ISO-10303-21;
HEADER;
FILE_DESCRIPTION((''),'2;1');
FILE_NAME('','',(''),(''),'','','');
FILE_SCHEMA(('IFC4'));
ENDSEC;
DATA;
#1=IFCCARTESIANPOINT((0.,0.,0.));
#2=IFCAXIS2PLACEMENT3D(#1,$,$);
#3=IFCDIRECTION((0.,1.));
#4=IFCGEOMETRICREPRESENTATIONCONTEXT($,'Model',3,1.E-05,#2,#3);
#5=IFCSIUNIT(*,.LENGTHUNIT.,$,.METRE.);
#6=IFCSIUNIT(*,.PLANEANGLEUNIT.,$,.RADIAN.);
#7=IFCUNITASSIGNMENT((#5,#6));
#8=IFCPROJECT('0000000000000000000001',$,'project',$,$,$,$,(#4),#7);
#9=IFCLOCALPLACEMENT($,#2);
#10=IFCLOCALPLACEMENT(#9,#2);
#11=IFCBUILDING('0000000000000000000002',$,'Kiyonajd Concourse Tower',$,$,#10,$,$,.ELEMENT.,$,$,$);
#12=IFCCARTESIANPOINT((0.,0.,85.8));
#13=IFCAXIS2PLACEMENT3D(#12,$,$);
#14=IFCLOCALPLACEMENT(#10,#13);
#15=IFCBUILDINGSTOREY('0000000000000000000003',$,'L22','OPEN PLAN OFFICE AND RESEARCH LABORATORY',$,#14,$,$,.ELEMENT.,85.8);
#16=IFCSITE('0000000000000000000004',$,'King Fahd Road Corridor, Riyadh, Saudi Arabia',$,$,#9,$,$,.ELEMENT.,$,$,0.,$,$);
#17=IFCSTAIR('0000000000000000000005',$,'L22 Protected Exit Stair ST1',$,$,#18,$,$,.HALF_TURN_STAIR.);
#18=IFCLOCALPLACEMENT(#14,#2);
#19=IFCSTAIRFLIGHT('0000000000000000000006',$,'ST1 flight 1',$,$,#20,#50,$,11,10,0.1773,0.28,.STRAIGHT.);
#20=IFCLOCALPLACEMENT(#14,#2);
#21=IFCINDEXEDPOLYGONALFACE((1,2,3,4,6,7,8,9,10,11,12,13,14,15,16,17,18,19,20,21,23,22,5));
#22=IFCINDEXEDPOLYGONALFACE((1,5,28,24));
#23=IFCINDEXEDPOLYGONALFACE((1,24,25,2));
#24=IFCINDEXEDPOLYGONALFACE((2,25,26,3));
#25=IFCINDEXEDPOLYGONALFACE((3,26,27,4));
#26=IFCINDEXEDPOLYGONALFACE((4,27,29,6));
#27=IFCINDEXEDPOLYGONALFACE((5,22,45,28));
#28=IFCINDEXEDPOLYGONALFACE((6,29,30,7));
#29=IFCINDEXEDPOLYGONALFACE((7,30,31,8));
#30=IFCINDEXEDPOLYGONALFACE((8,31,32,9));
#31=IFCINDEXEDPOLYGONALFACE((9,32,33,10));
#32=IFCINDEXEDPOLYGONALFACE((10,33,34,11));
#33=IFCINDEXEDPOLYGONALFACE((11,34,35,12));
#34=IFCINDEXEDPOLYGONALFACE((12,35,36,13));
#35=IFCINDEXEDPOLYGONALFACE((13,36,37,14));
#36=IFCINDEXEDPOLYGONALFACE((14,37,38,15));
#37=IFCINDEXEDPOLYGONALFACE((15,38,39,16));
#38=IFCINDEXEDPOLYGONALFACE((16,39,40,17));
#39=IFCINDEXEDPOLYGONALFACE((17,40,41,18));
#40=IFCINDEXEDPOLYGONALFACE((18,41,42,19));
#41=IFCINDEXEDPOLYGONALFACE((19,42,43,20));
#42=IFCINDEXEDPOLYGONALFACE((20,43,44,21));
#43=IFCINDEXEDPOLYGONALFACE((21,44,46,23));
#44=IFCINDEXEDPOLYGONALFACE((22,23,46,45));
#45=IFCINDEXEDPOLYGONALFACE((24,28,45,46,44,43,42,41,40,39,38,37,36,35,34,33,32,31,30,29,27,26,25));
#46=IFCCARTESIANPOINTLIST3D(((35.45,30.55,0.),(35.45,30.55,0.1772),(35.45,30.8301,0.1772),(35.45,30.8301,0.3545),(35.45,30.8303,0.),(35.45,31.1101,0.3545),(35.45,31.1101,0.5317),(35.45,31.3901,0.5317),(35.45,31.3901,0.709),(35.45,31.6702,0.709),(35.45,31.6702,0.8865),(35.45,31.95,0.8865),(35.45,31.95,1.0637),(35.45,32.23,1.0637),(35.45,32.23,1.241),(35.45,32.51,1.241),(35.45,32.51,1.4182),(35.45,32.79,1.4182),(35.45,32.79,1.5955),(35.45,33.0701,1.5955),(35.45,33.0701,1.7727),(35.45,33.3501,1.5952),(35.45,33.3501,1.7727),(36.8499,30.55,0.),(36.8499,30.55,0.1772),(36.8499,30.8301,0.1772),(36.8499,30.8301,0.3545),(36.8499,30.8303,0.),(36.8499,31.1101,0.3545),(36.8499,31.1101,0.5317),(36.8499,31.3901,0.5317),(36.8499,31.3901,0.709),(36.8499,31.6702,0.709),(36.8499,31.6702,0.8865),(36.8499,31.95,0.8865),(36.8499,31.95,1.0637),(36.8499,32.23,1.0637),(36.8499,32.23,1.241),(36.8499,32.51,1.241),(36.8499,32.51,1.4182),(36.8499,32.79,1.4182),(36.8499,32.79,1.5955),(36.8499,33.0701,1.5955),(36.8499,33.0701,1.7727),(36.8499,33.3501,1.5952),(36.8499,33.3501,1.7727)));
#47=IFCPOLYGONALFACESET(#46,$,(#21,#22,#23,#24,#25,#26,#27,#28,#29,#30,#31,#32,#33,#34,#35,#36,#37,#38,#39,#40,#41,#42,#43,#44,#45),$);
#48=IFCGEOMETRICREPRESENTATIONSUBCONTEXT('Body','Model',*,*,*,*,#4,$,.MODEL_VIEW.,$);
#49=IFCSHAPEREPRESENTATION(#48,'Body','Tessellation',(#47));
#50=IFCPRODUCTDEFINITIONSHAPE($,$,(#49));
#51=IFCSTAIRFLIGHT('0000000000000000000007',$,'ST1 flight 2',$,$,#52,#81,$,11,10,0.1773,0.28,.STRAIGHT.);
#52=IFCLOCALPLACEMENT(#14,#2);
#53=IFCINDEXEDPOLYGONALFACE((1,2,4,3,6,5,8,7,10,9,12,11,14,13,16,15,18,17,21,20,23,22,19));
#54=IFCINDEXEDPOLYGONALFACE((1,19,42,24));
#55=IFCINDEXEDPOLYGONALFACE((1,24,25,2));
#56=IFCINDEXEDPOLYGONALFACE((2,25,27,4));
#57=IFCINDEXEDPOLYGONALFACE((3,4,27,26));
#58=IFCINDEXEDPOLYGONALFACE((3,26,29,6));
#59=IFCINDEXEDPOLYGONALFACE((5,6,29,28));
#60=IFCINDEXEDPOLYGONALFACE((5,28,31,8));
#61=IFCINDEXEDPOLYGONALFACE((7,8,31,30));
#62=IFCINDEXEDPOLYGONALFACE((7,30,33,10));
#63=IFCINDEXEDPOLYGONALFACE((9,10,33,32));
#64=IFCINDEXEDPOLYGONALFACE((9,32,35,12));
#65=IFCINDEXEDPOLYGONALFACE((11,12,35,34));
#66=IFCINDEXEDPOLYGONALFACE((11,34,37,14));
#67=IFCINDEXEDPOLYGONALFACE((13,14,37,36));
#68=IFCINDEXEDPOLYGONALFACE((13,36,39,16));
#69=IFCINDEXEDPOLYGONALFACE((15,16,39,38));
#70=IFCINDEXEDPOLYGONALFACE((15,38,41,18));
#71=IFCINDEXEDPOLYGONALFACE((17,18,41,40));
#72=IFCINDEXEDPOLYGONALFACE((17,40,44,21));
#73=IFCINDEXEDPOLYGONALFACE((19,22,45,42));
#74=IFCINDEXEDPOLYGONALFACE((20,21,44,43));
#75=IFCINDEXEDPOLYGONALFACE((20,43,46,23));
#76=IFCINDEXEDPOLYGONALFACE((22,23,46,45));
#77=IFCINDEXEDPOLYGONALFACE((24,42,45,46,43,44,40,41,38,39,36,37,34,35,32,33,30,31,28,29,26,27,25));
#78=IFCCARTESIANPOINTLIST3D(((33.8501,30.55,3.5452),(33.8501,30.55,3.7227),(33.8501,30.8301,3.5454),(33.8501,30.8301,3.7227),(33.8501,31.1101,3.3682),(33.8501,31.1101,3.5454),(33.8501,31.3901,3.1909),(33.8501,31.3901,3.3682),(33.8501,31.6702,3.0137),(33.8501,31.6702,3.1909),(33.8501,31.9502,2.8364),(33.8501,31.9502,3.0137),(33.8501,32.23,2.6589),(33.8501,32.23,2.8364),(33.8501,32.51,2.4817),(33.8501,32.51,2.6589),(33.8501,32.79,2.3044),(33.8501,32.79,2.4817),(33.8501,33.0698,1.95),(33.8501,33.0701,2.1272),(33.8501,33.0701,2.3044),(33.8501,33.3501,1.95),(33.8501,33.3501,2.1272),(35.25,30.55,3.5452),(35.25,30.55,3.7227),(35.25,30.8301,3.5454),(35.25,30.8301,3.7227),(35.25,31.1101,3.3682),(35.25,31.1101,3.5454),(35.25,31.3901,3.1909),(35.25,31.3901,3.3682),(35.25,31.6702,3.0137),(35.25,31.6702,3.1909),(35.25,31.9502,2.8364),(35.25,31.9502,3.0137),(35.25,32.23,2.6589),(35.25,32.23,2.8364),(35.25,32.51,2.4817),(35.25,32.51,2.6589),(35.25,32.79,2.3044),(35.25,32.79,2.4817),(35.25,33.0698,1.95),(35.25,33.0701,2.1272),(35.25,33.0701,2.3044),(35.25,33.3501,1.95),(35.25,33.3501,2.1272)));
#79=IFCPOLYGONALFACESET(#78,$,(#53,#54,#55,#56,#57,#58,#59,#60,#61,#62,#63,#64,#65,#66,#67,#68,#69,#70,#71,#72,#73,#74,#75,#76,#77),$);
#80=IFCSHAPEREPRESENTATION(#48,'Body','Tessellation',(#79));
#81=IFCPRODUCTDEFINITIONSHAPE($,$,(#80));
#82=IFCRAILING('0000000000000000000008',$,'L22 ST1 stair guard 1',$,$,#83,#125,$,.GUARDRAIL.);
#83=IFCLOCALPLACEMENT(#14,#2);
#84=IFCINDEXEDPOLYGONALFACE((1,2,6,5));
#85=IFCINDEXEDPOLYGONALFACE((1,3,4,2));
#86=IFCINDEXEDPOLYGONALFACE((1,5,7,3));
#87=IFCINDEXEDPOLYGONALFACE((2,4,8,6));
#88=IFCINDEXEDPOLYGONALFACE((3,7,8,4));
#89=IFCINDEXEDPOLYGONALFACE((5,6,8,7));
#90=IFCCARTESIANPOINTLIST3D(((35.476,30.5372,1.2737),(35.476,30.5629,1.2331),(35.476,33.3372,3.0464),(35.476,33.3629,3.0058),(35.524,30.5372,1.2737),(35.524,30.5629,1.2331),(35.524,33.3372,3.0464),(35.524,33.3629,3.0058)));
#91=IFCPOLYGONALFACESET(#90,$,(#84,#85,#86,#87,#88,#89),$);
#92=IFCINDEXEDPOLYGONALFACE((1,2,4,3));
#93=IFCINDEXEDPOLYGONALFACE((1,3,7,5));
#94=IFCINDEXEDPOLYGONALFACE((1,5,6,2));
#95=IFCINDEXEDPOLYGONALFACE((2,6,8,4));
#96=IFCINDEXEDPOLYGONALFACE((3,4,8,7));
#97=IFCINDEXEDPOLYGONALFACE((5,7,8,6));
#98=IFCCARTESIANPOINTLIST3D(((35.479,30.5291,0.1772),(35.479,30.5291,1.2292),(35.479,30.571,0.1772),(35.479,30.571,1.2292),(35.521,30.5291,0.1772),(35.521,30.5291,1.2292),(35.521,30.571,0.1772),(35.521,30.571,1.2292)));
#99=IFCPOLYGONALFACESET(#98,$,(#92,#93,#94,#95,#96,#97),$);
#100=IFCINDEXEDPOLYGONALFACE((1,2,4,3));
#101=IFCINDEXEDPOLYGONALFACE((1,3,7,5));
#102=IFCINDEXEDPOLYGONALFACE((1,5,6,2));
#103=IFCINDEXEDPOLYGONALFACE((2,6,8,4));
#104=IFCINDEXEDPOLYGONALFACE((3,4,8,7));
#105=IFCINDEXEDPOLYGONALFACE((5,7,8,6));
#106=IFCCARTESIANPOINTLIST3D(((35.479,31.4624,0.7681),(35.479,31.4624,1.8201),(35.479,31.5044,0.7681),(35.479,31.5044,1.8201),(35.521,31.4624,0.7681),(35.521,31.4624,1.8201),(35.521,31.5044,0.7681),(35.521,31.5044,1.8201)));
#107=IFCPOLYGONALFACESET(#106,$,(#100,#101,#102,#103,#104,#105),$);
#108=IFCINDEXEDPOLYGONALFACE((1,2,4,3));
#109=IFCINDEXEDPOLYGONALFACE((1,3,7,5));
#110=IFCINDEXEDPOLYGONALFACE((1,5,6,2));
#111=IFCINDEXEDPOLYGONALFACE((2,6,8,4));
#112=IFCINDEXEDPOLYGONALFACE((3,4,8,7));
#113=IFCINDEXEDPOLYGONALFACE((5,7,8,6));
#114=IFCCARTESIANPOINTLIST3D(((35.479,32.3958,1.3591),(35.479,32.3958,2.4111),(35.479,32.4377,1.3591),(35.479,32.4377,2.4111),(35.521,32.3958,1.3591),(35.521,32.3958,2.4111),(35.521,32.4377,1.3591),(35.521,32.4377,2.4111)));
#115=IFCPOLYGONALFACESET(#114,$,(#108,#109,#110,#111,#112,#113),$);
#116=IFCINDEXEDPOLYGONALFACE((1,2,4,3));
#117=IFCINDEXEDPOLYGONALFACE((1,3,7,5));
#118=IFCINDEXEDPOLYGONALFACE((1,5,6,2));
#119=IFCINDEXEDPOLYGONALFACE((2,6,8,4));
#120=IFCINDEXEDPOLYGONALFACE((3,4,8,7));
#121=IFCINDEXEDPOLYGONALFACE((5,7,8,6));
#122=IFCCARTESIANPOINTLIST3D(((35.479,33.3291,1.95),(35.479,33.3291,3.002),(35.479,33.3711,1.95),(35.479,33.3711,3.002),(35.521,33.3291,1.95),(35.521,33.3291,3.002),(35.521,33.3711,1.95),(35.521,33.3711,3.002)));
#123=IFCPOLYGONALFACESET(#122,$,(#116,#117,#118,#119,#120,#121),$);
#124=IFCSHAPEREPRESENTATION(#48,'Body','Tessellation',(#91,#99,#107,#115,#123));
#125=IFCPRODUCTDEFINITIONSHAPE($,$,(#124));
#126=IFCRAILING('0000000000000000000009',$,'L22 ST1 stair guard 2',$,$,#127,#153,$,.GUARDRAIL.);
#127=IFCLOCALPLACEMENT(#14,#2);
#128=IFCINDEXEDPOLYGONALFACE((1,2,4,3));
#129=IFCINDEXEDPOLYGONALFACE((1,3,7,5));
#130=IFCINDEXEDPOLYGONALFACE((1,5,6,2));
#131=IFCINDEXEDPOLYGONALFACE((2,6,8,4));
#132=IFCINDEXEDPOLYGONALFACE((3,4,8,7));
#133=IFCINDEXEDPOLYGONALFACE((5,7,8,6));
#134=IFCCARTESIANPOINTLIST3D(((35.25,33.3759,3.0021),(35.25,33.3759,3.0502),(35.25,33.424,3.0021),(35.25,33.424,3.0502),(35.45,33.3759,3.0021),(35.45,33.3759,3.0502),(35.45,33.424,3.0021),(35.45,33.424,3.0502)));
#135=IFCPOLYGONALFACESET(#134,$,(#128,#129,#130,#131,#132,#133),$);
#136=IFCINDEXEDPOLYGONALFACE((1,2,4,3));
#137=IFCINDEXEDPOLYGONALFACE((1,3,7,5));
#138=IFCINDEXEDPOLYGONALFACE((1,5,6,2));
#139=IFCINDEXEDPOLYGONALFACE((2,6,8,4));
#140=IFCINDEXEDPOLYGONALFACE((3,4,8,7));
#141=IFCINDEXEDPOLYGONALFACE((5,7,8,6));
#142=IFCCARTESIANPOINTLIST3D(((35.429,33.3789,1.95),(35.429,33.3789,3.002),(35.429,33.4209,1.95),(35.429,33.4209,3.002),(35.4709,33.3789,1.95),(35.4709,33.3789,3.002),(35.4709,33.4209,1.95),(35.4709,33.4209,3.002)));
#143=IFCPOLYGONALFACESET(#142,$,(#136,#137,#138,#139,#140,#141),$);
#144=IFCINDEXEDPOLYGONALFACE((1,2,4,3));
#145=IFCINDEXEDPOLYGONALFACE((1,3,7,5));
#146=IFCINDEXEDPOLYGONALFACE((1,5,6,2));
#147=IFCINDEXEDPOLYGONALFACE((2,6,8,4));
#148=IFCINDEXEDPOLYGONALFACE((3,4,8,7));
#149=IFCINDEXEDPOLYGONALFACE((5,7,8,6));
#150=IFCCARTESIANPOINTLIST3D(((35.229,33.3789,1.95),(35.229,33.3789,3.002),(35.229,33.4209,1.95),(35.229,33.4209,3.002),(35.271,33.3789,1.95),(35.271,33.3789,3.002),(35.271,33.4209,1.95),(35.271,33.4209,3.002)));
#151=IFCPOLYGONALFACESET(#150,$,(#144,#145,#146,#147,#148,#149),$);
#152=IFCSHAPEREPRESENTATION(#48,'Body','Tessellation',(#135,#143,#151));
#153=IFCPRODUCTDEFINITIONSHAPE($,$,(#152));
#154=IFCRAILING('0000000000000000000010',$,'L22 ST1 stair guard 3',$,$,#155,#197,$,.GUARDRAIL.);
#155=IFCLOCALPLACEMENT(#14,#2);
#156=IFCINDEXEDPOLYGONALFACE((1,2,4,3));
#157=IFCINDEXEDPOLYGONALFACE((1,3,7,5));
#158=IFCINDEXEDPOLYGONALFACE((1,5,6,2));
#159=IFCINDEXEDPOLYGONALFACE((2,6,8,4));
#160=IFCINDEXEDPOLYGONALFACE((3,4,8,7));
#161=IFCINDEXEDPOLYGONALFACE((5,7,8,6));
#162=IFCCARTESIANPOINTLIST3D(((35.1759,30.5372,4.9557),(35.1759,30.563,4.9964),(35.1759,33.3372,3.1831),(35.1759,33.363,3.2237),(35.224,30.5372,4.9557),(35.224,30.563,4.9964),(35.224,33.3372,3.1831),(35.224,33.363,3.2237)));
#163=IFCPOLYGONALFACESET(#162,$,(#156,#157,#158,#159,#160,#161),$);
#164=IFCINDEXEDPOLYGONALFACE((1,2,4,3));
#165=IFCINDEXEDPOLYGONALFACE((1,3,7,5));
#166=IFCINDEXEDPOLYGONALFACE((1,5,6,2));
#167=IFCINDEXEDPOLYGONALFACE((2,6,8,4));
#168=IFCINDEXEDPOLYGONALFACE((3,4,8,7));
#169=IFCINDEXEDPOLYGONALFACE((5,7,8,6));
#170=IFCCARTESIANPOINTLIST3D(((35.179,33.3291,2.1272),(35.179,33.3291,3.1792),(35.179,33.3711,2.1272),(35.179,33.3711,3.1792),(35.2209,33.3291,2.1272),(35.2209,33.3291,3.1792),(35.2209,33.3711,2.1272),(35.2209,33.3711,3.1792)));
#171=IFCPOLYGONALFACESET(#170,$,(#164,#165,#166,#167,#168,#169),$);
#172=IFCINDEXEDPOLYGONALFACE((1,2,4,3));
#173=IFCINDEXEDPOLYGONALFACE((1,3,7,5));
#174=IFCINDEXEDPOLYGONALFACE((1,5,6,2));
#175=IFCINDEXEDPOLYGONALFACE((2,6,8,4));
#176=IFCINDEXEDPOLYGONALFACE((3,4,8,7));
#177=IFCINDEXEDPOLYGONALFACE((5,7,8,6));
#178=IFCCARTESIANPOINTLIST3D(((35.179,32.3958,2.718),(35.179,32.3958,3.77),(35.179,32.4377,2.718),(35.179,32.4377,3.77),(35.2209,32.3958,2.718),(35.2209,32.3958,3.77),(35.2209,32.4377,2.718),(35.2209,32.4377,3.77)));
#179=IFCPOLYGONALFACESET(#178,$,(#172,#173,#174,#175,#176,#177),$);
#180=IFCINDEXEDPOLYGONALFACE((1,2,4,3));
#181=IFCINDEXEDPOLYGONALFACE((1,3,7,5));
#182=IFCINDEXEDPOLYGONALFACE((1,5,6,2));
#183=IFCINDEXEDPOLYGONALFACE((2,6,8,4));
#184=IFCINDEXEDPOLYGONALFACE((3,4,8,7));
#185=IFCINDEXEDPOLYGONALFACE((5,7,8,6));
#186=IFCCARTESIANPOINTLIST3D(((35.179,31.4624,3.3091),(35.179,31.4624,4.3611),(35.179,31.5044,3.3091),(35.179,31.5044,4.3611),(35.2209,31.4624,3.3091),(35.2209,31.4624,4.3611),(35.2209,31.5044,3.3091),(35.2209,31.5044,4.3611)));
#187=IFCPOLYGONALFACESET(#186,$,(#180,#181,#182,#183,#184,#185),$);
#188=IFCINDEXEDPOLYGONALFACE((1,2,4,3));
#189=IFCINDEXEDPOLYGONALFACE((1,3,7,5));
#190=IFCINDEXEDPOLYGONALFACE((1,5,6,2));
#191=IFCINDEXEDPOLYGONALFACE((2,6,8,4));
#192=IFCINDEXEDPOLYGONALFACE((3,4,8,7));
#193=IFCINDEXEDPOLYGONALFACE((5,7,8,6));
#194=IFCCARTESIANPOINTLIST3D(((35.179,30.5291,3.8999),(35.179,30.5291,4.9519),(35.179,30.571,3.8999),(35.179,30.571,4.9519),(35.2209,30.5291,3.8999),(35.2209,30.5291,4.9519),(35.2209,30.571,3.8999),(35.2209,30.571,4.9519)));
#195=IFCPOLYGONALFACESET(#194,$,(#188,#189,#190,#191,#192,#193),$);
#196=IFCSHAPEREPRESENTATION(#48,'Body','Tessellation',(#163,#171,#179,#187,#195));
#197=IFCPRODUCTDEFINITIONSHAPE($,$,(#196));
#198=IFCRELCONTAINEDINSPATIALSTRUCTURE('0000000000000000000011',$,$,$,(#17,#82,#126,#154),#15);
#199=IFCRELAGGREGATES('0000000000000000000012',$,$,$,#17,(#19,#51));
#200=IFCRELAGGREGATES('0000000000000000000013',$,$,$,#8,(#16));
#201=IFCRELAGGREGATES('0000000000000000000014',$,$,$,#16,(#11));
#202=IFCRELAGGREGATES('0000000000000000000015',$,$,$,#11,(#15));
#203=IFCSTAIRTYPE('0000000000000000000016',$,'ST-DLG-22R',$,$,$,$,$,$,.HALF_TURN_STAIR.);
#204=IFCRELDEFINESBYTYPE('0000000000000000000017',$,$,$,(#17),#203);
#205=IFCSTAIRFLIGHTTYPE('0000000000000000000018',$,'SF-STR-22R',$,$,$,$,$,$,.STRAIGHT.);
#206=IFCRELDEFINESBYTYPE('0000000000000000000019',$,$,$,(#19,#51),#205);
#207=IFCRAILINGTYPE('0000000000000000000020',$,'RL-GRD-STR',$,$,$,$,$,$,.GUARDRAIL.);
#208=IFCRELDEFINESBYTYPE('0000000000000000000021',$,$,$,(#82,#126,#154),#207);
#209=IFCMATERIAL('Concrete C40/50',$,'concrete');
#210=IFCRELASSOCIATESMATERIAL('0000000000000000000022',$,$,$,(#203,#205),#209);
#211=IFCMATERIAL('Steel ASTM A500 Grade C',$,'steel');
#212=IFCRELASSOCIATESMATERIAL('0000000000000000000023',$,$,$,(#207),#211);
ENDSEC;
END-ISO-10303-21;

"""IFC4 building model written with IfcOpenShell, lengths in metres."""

from ifc_helpers import new_model, si_unit, direction, frame, origin, origin_2d, place, context, subcontext, project, spatial, polyline, rectangle, outline, extrude, material, type_object, element, aggregate, save


model = new_model("IFC4")

# Units and contexts
model_context = context("Model", 3, precision=1e-05, world=origin(), true_north=direction((0.0, 1.0)))
body_context = subcontext(model_context, "Body", "Model", "MODEL_VIEW")
ifc_project = project(units=[si_unit("LENGTHUNIT", "METRE"), si_unit("PLANEANGLEUNIT", "RADIAN")], contexts=[model_context])

# Site, building, storey
site_placement = place(None, origin())
site = spatial("IfcSite", under=ifc_project, at=site_placement, Name="King Fahd Road Corridor, Riyadh, Saudi Arabia", CompositionType="ELEMENT", RefElevation=0.0)
building_placement = place(site_placement, origin())
building = spatial("IfcBuilding", under=site, at=building_placement, Name="Kiyonajd Concourse Tower", CompositionType="ELEMENT")
storey_placement = place(building_placement, frame((0.0, 0.0, 85.8)))
storey = spatial("IfcBuildingStorey", under=building, at=storey_placement, Name="L22", Description="OPEN PLAN OFFICE AND RESEARCH LABORATORY", CompositionType="ELEMENT", Elevation=85.8)

# Stair, stair flights
ifc_material_1 = material(Name="Concrete C40/50", Category="concrete")
stair_type = type_object("IfcStairType", Name="ST-DLG-22R", PredefinedType="HALF_TURN_STAIR", material=ifc_material_1)
stair_placement = place(storey_placement, origin())
stair = element("IfcStair", 1, at=stair_placement, inside=storey, type_object=stair_type, Name="L22 Protected Exit Stair ST1", PredefinedType="HALF_TURN_STAIR")
stair_flight_type = type_object("IfcStairFlightType", Name="SF-STR-22R", PredefinedType="STRAIGHT", material=ifc_material_1)
stair_flight_1_placement = place(storey_placement, frame((36.1499, 30.55, 0.0), z_axis=(0.0, 0.0, 1.0), x_axis=(0.0, 1.0, 0.0)))
stair_flight_1 = element("IfcStairFlight", 2, at=stair_flight_1_placement, type_object=stair_flight_type, Name="ST1 flight 1", NumberOfRisers=11, NumberOfTreads=10, PredefinedType="STRAIGHT", RiserHeight=0.1773, TreadLength=0.28, context=body_context, shape_type="SweptSolid", body=[
    extrude(outline(polyline([(0.0, 0.0), (0.0, 0.1772), (0.28, 0.1772), (0.28, 0.3545), (0.5601, 0.3545), (0.5601, 0.5317), (0.8401, 0.5317), (0.8401, 0.709), (1.1201, 0.709), (1.1201, 0.8865), (1.3999, 0.8865), (1.3999, 1.0637), (1.6799, 1.0637), (1.6799, 1.241), (1.96, 1.241), (1.96, 1.4182), (2.24, 1.4182), (2.24, 1.5955), (2.52, 1.5955), (2.52, 1.7727), (2.8, 1.7727), (2.8, 1.95), (2.8, 1.5952), (0.2803, 0.0), (0.0, 0.0)])), frame((0.0, 0.7, 0.0), z_axis=(0.0, -1.0, 0.0), x_axis=(1.0, 0.0, 0.0)), (0.0, 0.0, 1.0), 1.3999),
])
stair_flight_2_placement = place(storey_placement, frame((34.55, 33.3501, 1.95), z_axis=(0.0, 0.0, 1.0), x_axis=(0.0, -1.0, 0.0)))
stair_flight_2 = element("IfcStairFlight", 3, at=stair_flight_2_placement, type_object=stair_flight_type, Name="ST1 flight 2", NumberOfRisers=11, NumberOfTreads=10, PredefinedType="STRAIGHT", RiserHeight=0.1773, TreadLength=0.28, context=body_context, shape_type="SweptSolid", body=[
    extrude(outline(polyline([(0.0, 0.0), (0.0, 0.1772), (0.28, 0.1772), (0.28, 0.3545), (0.5601, 0.3545), (0.5601, 0.5317), (0.8401, 0.5317), (0.8401, 0.709), (1.1201, 0.709), (1.1201, 0.8865), (1.3999, 0.8865), (1.3999, 1.0637), (1.6799, 1.0637), (1.6799, 1.241), (1.96, 1.241), (1.96, 1.4182), (2.24, 1.4182), (2.24, 1.5955), (2.52, 1.5955), (2.52, 1.7727), (2.8, 1.7727), (2.8, 1.95), (2.8, 1.5952), (0.2803, 0.0), (0.0, 0.0)])), frame((0.0, 0.7, 0.0), z_axis=(0.0, -1.0, 0.0), x_axis=(1.0, 0.0, 0.0)), (0.0, 0.0, 1.0), 1.3999),
])
aggregate(stair, [stair_flight_1, stair_flight_2])

# Railings
ifc_material_2 = material(Name="Steel ASTM A500 Grade C", Category="steel")
railing_type_1 = type_object("IfcRailingType", Name="RL-GRD-STR", PredefinedType="GUARDRAIL", material=ifc_material_2)
railing_1_placement = place(storey_placement, frame((35.5, 30.55, 0.1772)))
element("IfcRailing", 4, at=railing_1_placement, inside=storey, type_object=railing_type_1, Name="L22 ST1 stair guard 1", PredefinedType="GUARDRAIL", context=body_context, shape_type="SweptSolid", body=[
    extrude(rectangle(XDim=0.0481, YDim=0.0481, at=origin_2d()), frame((0.0, 0.0, 1.0762), z_axis=(0.0, 0.844909, 0.53491), x_axis=(-1.0, 0.0, 0.0)), (0.0, 0.0, 1.0), 3.314),
    extrude(rectangle(XDim=0.042, YDim=0.042, at=origin_2d()), origin(), (0.0, 0.0, 1.0), 1.052),
    extrude(rectangle(XDim=0.042, YDim=0.042, at=origin_2d()), frame((0.0, 0.9333, 0.5908)), (0.0, 0.0, 1.0), 1.052),
    extrude(rectangle(XDim=0.042, YDim=0.042, at=origin_2d()), frame((0.0, 1.8667, 1.1819)), (0.0, 0.0, 1.0), 1.052),
    extrude(rectangle(XDim=0.042, YDim=0.042, at=origin_2d()), frame((0.0, 2.8, 1.7727)), (0.0, 0.0, 1.0), 1.052),
])
railing_2_placement = place(storey_placement, frame((35.45, 33.3999, 1.95)))
element("IfcRailing", 5, at=railing_2_placement, inside=storey, type_object=railing_type_1, Name="L22 ST1 stair guard 2", PredefinedType="GUARDRAIL", context=body_context, shape_type="SweptSolid", body=[
    extrude(rectangle(XDim=0.0481, YDim=0.0481, at=origin_2d()), frame((0.0, 0.0, 1.0762), z_axis=(-1.0, 0.0, 0.0), x_axis=(0.0, -1.0, 0.0)), (0.0, 0.0, 1.0), 0.2),
    extrude(rectangle(XDim=0.042, YDim=0.042, at=origin_2d()), origin(), (0.0, 0.0, 1.0), 1.052),
    extrude(rectangle(XDim=0.042, YDim=0.042, at=origin_2d()), frame((-0.2, 0.0, 0.0)), (0.0, 0.0, 1.0), 1.052),
])
railing_3_placement = place(storey_placement, frame((35.2, 33.3501, 2.1272)))
element("IfcRailing", 6, at=railing_3_placement, inside=storey, type_object=railing_type_1, Name="L22 ST1 stair guard 3", PredefinedType="GUARDRAIL", context=body_context, shape_type="SweptSolid", body=[
    extrude(rectangle(XDim=0.0481, YDim=0.0481, at=origin_2d()), frame((0.0, 0.0, 1.0762), z_axis=(0.0, -0.844909, 0.53491), x_axis=(1.0, 0.0, 0.0)), (0.0, 0.0, 1.0), 3.314),
    extrude(rectangle(XDim=0.042, YDim=0.042, at=origin_2d()), origin(), (0.0, 0.0, 1.0), 1.052),
    extrude(rectangle(XDim=0.042, YDim=0.042, at=origin_2d()), frame((0.0, -0.9333, 0.5908)), (0.0, 0.0, 1.0), 1.052),
    extrude(rectangle(XDim=0.042, YDim=0.042, at=origin_2d()), frame((0.0, -1.8667, 1.1819)), (0.0, 0.0, 1.0), 1.052),
    extrude(rectangle(XDim=0.042, YDim=0.042, at=origin_2d()), frame((0.0, -2.8, 1.7727)), (0.0, 0.0, 1.0), 1.052),
])

save(model, "model.ifc")
